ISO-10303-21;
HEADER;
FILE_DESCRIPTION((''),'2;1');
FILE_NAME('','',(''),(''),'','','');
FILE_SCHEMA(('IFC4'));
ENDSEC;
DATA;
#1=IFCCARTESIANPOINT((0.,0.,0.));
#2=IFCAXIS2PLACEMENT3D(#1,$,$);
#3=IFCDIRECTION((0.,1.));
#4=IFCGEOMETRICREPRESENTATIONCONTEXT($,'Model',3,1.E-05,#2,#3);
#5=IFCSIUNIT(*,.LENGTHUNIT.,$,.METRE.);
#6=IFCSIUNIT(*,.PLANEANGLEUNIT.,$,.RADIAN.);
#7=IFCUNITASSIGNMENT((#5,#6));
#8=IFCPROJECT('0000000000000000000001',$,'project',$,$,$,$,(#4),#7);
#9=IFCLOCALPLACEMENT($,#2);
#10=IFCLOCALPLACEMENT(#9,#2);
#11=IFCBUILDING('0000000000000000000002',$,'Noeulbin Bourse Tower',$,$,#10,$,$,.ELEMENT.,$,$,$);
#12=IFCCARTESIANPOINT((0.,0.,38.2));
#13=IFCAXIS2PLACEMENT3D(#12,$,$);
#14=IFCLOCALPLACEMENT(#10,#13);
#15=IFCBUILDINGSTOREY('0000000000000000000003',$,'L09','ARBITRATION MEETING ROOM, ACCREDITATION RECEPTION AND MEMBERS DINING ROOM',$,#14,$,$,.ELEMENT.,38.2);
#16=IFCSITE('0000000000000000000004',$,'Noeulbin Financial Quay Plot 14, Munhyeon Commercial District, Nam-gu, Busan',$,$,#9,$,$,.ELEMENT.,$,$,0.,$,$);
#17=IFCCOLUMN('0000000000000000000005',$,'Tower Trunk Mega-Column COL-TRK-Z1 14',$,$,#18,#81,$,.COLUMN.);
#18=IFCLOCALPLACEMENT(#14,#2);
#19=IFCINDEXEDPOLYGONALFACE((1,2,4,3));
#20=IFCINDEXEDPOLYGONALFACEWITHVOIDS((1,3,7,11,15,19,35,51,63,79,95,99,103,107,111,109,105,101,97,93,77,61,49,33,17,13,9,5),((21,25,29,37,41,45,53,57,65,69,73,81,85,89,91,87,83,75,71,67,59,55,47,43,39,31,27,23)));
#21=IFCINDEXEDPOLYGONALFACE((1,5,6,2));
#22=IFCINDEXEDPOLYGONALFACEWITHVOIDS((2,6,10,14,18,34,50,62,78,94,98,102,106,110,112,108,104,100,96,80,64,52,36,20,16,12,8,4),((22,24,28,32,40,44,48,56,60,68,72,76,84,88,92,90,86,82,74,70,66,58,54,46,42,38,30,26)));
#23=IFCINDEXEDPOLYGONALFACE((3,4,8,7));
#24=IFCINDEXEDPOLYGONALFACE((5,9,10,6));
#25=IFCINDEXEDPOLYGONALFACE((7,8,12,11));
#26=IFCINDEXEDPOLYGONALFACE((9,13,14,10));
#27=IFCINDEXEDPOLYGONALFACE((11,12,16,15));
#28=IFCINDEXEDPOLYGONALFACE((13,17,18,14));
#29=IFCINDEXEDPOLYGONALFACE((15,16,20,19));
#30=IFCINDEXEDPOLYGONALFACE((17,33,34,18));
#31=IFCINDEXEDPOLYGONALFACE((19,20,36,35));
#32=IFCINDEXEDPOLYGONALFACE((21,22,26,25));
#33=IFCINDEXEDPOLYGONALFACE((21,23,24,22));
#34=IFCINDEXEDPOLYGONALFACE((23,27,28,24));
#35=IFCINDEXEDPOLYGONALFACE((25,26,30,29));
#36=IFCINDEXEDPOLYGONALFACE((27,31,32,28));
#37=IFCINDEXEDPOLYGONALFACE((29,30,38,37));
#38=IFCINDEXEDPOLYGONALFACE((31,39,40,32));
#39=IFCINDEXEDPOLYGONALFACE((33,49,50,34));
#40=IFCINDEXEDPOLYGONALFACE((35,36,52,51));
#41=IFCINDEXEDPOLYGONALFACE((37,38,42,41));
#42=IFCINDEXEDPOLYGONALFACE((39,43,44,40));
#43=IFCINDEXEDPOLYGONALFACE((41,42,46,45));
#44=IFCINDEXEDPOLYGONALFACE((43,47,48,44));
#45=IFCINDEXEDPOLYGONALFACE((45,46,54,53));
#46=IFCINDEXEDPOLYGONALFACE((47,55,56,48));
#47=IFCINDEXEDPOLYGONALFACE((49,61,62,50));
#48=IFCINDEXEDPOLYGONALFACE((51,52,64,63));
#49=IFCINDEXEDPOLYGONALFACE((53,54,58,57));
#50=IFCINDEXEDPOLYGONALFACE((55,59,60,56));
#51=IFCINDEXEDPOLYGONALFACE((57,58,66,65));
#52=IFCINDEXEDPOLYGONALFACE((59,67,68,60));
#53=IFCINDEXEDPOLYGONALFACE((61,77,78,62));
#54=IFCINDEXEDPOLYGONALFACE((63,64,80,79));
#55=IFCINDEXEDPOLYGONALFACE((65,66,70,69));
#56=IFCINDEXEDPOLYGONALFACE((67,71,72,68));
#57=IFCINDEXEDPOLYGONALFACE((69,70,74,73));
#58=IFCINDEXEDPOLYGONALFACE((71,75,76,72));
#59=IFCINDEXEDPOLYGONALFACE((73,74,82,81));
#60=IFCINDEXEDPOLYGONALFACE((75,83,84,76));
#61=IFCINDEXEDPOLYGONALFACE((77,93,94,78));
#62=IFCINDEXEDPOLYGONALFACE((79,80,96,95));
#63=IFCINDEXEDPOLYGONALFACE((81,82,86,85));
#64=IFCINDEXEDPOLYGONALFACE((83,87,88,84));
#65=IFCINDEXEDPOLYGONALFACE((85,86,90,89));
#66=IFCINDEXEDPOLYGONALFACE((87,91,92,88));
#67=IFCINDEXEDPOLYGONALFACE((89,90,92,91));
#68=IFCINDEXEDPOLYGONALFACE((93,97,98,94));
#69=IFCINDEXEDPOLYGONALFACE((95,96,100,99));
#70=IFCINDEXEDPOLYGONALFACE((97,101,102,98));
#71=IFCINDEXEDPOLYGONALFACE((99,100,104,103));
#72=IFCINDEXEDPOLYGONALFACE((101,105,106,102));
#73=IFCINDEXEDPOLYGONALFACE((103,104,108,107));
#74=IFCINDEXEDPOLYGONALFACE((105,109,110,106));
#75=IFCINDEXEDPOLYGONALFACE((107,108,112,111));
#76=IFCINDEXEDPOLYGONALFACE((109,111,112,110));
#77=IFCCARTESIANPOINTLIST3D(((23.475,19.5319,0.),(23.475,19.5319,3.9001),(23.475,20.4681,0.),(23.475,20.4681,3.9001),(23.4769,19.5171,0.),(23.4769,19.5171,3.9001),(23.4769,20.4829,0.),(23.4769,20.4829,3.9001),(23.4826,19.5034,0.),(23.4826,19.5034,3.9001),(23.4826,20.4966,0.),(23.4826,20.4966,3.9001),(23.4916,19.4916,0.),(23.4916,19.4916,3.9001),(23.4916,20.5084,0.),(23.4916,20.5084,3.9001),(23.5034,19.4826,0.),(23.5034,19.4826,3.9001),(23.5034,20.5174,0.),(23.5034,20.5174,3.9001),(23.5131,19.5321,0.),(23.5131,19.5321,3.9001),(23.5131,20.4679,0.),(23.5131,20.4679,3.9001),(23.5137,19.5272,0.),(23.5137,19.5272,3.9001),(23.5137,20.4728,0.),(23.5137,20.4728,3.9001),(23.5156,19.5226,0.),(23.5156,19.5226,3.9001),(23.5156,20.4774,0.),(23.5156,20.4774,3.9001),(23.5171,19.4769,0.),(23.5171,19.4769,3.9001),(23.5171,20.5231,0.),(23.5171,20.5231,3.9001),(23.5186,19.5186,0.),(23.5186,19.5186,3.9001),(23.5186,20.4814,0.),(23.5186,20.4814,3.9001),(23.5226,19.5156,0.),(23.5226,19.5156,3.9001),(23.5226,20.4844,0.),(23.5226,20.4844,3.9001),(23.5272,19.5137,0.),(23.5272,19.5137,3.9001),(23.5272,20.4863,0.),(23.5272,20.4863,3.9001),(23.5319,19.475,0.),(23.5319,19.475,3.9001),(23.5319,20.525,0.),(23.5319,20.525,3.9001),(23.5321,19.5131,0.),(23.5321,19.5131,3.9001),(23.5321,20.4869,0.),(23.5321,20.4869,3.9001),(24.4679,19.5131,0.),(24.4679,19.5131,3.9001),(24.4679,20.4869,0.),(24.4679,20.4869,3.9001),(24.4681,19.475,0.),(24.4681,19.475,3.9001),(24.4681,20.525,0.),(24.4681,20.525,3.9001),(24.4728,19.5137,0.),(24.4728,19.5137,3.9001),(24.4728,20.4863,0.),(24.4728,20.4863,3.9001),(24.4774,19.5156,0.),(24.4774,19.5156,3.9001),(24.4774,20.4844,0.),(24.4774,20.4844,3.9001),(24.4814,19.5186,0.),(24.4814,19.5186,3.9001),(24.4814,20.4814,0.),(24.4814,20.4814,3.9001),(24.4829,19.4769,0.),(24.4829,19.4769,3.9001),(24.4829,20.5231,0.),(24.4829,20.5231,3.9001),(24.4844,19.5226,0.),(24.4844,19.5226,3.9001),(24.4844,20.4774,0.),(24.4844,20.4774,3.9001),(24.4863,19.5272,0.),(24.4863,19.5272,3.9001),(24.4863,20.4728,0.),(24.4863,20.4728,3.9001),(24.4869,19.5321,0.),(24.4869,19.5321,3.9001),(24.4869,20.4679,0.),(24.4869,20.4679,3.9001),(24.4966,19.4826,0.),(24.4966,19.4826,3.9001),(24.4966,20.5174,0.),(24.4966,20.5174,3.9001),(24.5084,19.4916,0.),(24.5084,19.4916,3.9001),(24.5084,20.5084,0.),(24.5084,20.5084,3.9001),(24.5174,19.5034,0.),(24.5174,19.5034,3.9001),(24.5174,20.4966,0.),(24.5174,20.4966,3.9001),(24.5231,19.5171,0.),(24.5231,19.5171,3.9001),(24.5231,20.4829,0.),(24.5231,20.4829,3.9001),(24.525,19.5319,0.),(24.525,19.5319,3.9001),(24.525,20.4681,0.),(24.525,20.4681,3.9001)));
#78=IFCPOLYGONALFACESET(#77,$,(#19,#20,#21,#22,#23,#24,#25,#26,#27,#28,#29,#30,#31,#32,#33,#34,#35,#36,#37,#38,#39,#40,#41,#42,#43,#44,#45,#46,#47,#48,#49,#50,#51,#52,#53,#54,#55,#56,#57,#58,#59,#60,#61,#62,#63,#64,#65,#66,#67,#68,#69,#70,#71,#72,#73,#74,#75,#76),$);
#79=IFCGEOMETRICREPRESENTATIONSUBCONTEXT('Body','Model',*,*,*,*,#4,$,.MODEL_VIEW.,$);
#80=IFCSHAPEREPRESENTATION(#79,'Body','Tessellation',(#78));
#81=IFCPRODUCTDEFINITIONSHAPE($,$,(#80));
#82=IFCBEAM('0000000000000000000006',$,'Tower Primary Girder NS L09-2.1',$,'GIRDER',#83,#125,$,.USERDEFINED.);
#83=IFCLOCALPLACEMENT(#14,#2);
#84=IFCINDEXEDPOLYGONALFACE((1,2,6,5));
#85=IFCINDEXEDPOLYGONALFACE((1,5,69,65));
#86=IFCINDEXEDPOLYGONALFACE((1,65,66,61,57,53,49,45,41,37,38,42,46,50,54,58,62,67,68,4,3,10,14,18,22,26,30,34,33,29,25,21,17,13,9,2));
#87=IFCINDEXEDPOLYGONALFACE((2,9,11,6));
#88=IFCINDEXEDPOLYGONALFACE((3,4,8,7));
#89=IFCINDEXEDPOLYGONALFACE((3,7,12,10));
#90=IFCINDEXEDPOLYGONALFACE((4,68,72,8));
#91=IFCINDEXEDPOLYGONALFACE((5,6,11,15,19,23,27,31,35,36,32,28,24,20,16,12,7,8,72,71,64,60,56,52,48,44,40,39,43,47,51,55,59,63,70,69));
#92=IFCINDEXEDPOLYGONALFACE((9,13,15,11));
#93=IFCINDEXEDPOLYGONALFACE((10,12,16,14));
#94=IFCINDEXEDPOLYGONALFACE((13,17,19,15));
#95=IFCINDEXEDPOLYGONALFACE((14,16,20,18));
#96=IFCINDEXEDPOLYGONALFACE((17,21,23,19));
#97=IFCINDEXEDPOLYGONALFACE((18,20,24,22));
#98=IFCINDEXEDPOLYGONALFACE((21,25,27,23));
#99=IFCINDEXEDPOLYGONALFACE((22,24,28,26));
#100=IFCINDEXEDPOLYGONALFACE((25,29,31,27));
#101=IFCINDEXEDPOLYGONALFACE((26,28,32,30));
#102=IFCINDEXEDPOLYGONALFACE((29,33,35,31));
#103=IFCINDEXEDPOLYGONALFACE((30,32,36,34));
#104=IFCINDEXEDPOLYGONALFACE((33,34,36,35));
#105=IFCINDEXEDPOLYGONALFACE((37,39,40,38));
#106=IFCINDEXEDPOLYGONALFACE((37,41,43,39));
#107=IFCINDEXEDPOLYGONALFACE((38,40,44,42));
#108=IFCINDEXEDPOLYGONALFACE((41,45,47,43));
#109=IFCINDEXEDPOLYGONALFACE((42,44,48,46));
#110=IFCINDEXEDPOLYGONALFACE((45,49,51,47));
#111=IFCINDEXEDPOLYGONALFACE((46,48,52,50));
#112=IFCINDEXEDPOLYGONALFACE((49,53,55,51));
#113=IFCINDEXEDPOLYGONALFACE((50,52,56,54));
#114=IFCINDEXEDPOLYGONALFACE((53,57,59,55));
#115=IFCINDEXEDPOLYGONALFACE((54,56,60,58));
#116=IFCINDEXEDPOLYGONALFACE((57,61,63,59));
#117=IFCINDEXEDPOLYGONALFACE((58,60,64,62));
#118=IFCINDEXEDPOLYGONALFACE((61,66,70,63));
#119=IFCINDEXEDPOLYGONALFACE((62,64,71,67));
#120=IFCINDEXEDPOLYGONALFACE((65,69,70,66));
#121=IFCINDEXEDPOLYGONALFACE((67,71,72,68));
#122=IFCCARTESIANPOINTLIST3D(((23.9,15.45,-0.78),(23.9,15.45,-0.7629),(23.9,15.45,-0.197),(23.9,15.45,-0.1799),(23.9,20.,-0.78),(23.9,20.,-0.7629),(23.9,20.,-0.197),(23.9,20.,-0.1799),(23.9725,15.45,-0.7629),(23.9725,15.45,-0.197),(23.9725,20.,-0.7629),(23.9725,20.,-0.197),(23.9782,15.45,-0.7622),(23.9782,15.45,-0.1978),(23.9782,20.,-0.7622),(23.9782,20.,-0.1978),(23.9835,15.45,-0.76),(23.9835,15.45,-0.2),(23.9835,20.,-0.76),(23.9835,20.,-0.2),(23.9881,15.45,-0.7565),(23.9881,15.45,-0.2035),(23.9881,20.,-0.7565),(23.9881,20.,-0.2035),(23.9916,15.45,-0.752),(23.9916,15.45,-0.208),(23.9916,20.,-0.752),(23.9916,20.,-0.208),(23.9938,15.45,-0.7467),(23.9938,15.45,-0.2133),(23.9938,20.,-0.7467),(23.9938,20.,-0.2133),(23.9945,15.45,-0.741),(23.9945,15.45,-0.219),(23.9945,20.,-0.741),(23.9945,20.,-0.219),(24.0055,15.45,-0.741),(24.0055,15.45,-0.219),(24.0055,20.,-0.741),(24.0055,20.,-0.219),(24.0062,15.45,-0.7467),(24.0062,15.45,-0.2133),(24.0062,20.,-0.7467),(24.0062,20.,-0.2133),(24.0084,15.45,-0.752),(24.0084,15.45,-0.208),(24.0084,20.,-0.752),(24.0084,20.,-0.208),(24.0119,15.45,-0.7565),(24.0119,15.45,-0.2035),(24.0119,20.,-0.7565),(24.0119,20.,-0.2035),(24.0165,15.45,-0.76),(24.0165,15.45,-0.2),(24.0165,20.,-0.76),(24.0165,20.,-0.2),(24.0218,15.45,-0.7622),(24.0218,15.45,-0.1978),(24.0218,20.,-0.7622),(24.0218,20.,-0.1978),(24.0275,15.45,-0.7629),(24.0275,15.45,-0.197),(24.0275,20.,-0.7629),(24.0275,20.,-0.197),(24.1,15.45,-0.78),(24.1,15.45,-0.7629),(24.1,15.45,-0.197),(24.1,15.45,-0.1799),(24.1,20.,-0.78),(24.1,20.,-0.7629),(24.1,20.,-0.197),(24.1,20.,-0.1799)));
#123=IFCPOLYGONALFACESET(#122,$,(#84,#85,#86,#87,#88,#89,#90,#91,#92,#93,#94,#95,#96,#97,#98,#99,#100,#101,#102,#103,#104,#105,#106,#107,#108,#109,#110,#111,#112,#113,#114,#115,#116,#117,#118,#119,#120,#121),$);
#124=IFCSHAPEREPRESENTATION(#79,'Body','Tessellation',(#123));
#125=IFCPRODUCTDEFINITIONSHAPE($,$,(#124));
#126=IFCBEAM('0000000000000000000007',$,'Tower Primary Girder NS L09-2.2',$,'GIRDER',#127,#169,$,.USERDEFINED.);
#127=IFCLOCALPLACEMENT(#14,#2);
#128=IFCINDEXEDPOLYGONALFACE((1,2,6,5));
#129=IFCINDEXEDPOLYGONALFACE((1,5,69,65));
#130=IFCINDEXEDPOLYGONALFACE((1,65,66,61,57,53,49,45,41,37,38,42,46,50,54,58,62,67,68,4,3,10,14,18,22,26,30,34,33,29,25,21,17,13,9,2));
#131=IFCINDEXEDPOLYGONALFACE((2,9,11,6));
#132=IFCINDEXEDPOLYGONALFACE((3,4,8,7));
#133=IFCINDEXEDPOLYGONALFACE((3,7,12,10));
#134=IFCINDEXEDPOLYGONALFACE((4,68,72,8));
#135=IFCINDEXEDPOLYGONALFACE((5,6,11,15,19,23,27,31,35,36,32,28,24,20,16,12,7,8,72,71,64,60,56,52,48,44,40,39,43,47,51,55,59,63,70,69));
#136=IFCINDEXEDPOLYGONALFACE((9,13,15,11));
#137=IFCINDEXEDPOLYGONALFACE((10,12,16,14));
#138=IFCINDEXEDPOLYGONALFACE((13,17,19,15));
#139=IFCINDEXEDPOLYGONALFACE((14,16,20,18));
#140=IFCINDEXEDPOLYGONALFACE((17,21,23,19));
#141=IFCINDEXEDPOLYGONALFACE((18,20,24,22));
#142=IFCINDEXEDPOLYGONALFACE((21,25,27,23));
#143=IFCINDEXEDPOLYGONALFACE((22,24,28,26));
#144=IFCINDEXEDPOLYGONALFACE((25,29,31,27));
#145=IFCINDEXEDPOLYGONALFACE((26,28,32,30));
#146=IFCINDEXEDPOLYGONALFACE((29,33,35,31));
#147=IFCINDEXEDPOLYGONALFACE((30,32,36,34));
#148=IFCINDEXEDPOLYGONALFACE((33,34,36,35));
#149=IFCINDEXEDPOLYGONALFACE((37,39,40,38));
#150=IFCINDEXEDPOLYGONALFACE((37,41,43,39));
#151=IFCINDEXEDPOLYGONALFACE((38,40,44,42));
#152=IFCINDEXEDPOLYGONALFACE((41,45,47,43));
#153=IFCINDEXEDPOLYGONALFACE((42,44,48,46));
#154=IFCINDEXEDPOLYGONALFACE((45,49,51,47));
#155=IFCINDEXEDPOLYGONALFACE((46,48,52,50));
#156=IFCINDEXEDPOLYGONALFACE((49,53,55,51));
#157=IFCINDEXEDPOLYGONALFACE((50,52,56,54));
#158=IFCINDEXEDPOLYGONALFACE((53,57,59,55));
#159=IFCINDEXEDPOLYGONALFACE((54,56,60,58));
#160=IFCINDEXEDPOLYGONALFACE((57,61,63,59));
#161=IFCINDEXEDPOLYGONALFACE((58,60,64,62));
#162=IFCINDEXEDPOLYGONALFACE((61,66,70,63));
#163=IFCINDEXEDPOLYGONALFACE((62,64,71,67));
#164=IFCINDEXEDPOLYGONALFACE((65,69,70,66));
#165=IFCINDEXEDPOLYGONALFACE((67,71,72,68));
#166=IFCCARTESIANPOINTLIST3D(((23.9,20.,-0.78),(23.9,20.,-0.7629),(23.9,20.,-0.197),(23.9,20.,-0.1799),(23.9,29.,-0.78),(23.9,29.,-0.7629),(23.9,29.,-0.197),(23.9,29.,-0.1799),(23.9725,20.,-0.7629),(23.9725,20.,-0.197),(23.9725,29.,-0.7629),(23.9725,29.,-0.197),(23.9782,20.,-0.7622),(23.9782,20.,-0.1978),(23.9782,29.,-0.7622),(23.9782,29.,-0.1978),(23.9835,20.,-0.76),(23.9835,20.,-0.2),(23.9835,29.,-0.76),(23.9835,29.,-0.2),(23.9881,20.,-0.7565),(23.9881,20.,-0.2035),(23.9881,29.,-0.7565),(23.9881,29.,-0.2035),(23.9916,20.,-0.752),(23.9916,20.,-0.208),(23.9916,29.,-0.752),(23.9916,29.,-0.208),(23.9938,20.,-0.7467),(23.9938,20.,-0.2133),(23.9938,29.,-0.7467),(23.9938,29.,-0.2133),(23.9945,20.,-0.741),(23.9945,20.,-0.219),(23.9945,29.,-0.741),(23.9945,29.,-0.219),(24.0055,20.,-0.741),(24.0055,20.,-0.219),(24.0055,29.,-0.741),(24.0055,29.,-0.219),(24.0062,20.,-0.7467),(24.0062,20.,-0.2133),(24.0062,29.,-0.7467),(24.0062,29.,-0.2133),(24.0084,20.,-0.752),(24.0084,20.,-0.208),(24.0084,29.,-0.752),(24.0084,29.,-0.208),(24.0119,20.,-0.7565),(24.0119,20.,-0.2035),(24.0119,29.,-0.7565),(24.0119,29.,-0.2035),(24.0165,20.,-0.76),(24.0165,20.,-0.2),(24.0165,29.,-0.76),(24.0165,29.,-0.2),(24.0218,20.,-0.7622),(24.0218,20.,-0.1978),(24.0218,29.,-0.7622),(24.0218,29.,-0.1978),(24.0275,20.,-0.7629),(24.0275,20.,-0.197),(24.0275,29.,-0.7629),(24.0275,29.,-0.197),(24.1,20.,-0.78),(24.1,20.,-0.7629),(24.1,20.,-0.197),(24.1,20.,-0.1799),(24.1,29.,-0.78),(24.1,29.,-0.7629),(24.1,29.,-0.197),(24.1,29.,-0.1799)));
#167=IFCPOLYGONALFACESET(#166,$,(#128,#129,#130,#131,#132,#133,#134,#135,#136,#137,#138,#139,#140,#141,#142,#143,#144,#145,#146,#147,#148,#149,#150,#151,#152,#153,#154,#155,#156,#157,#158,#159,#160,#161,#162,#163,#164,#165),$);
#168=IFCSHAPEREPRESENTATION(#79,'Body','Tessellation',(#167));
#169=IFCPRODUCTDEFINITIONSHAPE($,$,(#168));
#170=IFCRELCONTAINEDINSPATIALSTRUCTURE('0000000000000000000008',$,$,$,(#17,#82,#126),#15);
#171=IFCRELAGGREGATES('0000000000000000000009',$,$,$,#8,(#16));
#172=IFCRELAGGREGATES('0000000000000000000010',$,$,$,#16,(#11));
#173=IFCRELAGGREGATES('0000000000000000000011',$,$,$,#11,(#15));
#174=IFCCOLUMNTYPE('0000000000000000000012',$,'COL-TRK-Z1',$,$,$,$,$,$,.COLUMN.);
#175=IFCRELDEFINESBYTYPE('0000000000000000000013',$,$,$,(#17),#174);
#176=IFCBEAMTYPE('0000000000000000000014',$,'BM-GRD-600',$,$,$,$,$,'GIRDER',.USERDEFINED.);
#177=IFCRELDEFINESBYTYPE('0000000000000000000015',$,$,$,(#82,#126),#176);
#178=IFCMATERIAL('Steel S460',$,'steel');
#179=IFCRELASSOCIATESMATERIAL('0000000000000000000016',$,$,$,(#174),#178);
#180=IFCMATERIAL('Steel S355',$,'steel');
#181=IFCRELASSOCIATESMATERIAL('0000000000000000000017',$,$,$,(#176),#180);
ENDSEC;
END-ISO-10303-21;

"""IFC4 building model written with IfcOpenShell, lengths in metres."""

from ifc_helpers import new_model, si_unit, direction, frame, origin, origin_2d, place, context, subcontext, project, spatial, hollow_rectangle, i_section, extrude, material, material_profile, profile_set, type_object, element, save


model = new_model("IFC4")

# Units and contexts
model_context = context("Model", 3, precision=1e-05, world=origin(), true_north=direction((0.0, 1.0)))
body_context = subcontext(model_context, "Body", "Model", "MODEL_VIEW")
ifc_project = project(units=[si_unit("LENGTHUNIT", "METRE"), si_unit("PLANEANGLEUNIT", "RADIAN")], contexts=[model_context])

# Site, building, storey
site_placement = place(None, origin())
site = spatial("IfcSite", under=ifc_project, at=site_placement, Name="Noeulbin Financial Quay Plot 14, Munhyeon Commercial District, Nam-gu, Busan", CompositionType="ELEMENT", RefElevation=0.0)
building_placement = place(site_placement, origin())
building = spatial("IfcBuilding", under=site, at=building_placement, Name="Noeulbin Bourse Tower", CompositionType="ELEMENT")
storey_placement = place(building_placement, frame((0.0, 0.0, 38.2)))
storey = spatial("IfcBuildingStorey", under=building, at=storey_placement, Name="L09", Description="ARBITRATION MEETING ROOM, ACCREDITATION RECEPTION AND MEMBERS DINING ROOM", CompositionType="ELEMENT", Elevation=38.2)

# Column
ifc_material_1 = material(Name="Steel S460", Category="steel")
ifc_material_profile_1 = material_profile(ifc_material_1, hollow_rectangle(XDim=1.05, YDim=1.05, WallThickness=0.0381, InnerFilletRadius=0.019, OuterFilletRadius=0.0569, at=origin_2d()), Name="BOX-1050x1050x38", Category="LoadBearing")
ifc_profile_set_1 = profile_set([ifc_material_profile_1], Name="Steel S460")
column_type = type_object("IfcColumnType", Name="COL-TRK-Z1", PredefinedType="COLUMN", material=ifc_profile_set_1)
column_placement = place(storey_placement, frame((24.0, 20.0, 0.0), z_axis=(0.0, 0.0, 1.0), x_axis=(1.0, 0.0, 0.0)))
element("IfcColumn", 1, at=column_placement, inside=storey, type_object=column_type, Name="Tower Trunk Mega-Column COL-TRK-Z1 14", PredefinedType="COLUMN", context=body_context, shape_type="SweptSolid", body=[
    extrude(hollow_rectangle(XDim=1.05, YDim=1.05, WallThickness=0.0381, InnerFilletRadius=0.019, OuterFilletRadius=0.0569, at=origin_2d()), origin(), (0.0, 0.0, 1.0), 3.9001),
])

# Beams
ifc_material_2 = material(Name="Steel S355", Category="steel")
ifc_material_profile_2 = material_profile(ifc_material_2, i_section(OverallWidth=0.2, OverallDepth=0.6001, WebThickness=0.011, FlangeThickness=0.0171, FilletRadius=0.022, at=origin_2d()), Name="H-600x200x11x17", Category="LoadBearing")
ifc_profile_set_2 = profile_set([ifc_material_profile_2], Name="Steel S355")
beam_type_1 = type_object("IfcBeamType", Name="BM-GRD-600", ElementType="GIRDER", PredefinedType="USERDEFINED", material=ifc_profile_set_2)
beam_1_placement = place(storey_placement, frame((24.0, 15.45, -0.48), z_axis=(0.0, 1.0, 0.0), x_axis=(-1.0, 0.0, 0.0)))
element("IfcBeam", 2, at=beam_1_placement, inside=storey, type_object=beam_type_1, Name="Tower Primary Girder NS L09-2.1", ObjectType="GIRDER", PredefinedType="USERDEFINED", context=body_context, shape_type="SweptSolid", body=[
    extrude(i_section(OverallWidth=0.2, OverallDepth=0.6001, WebThickness=0.011, FlangeThickness=0.0171, FilletRadius=0.022, at=origin_2d()), origin(), (0.0, 0.0, 1.0), 4.55),
])
beam_2_placement = place(storey_placement, frame((24.0, 20.0, -0.48), z_axis=(0.0, 1.0, 0.0), x_axis=(-1.0, 0.0, 0.0)))
element("IfcBeam", 3, at=beam_2_placement, inside=storey, type_object=beam_type_1, Name="Tower Primary Girder NS L09-2.2", ObjectType="GIRDER", PredefinedType="USERDEFINED", context=body_context, shape_type="SweptSolid", body=[
    extrude(i_section(OverallWidth=0.2, OverallDepth=0.6001, WebThickness=0.011, FlangeThickness=0.0171, FilletRadius=0.022, at=origin_2d()), origin(), (0.0, 0.0, 1.0), 9.0),
])

save(model, "model.ifc")
